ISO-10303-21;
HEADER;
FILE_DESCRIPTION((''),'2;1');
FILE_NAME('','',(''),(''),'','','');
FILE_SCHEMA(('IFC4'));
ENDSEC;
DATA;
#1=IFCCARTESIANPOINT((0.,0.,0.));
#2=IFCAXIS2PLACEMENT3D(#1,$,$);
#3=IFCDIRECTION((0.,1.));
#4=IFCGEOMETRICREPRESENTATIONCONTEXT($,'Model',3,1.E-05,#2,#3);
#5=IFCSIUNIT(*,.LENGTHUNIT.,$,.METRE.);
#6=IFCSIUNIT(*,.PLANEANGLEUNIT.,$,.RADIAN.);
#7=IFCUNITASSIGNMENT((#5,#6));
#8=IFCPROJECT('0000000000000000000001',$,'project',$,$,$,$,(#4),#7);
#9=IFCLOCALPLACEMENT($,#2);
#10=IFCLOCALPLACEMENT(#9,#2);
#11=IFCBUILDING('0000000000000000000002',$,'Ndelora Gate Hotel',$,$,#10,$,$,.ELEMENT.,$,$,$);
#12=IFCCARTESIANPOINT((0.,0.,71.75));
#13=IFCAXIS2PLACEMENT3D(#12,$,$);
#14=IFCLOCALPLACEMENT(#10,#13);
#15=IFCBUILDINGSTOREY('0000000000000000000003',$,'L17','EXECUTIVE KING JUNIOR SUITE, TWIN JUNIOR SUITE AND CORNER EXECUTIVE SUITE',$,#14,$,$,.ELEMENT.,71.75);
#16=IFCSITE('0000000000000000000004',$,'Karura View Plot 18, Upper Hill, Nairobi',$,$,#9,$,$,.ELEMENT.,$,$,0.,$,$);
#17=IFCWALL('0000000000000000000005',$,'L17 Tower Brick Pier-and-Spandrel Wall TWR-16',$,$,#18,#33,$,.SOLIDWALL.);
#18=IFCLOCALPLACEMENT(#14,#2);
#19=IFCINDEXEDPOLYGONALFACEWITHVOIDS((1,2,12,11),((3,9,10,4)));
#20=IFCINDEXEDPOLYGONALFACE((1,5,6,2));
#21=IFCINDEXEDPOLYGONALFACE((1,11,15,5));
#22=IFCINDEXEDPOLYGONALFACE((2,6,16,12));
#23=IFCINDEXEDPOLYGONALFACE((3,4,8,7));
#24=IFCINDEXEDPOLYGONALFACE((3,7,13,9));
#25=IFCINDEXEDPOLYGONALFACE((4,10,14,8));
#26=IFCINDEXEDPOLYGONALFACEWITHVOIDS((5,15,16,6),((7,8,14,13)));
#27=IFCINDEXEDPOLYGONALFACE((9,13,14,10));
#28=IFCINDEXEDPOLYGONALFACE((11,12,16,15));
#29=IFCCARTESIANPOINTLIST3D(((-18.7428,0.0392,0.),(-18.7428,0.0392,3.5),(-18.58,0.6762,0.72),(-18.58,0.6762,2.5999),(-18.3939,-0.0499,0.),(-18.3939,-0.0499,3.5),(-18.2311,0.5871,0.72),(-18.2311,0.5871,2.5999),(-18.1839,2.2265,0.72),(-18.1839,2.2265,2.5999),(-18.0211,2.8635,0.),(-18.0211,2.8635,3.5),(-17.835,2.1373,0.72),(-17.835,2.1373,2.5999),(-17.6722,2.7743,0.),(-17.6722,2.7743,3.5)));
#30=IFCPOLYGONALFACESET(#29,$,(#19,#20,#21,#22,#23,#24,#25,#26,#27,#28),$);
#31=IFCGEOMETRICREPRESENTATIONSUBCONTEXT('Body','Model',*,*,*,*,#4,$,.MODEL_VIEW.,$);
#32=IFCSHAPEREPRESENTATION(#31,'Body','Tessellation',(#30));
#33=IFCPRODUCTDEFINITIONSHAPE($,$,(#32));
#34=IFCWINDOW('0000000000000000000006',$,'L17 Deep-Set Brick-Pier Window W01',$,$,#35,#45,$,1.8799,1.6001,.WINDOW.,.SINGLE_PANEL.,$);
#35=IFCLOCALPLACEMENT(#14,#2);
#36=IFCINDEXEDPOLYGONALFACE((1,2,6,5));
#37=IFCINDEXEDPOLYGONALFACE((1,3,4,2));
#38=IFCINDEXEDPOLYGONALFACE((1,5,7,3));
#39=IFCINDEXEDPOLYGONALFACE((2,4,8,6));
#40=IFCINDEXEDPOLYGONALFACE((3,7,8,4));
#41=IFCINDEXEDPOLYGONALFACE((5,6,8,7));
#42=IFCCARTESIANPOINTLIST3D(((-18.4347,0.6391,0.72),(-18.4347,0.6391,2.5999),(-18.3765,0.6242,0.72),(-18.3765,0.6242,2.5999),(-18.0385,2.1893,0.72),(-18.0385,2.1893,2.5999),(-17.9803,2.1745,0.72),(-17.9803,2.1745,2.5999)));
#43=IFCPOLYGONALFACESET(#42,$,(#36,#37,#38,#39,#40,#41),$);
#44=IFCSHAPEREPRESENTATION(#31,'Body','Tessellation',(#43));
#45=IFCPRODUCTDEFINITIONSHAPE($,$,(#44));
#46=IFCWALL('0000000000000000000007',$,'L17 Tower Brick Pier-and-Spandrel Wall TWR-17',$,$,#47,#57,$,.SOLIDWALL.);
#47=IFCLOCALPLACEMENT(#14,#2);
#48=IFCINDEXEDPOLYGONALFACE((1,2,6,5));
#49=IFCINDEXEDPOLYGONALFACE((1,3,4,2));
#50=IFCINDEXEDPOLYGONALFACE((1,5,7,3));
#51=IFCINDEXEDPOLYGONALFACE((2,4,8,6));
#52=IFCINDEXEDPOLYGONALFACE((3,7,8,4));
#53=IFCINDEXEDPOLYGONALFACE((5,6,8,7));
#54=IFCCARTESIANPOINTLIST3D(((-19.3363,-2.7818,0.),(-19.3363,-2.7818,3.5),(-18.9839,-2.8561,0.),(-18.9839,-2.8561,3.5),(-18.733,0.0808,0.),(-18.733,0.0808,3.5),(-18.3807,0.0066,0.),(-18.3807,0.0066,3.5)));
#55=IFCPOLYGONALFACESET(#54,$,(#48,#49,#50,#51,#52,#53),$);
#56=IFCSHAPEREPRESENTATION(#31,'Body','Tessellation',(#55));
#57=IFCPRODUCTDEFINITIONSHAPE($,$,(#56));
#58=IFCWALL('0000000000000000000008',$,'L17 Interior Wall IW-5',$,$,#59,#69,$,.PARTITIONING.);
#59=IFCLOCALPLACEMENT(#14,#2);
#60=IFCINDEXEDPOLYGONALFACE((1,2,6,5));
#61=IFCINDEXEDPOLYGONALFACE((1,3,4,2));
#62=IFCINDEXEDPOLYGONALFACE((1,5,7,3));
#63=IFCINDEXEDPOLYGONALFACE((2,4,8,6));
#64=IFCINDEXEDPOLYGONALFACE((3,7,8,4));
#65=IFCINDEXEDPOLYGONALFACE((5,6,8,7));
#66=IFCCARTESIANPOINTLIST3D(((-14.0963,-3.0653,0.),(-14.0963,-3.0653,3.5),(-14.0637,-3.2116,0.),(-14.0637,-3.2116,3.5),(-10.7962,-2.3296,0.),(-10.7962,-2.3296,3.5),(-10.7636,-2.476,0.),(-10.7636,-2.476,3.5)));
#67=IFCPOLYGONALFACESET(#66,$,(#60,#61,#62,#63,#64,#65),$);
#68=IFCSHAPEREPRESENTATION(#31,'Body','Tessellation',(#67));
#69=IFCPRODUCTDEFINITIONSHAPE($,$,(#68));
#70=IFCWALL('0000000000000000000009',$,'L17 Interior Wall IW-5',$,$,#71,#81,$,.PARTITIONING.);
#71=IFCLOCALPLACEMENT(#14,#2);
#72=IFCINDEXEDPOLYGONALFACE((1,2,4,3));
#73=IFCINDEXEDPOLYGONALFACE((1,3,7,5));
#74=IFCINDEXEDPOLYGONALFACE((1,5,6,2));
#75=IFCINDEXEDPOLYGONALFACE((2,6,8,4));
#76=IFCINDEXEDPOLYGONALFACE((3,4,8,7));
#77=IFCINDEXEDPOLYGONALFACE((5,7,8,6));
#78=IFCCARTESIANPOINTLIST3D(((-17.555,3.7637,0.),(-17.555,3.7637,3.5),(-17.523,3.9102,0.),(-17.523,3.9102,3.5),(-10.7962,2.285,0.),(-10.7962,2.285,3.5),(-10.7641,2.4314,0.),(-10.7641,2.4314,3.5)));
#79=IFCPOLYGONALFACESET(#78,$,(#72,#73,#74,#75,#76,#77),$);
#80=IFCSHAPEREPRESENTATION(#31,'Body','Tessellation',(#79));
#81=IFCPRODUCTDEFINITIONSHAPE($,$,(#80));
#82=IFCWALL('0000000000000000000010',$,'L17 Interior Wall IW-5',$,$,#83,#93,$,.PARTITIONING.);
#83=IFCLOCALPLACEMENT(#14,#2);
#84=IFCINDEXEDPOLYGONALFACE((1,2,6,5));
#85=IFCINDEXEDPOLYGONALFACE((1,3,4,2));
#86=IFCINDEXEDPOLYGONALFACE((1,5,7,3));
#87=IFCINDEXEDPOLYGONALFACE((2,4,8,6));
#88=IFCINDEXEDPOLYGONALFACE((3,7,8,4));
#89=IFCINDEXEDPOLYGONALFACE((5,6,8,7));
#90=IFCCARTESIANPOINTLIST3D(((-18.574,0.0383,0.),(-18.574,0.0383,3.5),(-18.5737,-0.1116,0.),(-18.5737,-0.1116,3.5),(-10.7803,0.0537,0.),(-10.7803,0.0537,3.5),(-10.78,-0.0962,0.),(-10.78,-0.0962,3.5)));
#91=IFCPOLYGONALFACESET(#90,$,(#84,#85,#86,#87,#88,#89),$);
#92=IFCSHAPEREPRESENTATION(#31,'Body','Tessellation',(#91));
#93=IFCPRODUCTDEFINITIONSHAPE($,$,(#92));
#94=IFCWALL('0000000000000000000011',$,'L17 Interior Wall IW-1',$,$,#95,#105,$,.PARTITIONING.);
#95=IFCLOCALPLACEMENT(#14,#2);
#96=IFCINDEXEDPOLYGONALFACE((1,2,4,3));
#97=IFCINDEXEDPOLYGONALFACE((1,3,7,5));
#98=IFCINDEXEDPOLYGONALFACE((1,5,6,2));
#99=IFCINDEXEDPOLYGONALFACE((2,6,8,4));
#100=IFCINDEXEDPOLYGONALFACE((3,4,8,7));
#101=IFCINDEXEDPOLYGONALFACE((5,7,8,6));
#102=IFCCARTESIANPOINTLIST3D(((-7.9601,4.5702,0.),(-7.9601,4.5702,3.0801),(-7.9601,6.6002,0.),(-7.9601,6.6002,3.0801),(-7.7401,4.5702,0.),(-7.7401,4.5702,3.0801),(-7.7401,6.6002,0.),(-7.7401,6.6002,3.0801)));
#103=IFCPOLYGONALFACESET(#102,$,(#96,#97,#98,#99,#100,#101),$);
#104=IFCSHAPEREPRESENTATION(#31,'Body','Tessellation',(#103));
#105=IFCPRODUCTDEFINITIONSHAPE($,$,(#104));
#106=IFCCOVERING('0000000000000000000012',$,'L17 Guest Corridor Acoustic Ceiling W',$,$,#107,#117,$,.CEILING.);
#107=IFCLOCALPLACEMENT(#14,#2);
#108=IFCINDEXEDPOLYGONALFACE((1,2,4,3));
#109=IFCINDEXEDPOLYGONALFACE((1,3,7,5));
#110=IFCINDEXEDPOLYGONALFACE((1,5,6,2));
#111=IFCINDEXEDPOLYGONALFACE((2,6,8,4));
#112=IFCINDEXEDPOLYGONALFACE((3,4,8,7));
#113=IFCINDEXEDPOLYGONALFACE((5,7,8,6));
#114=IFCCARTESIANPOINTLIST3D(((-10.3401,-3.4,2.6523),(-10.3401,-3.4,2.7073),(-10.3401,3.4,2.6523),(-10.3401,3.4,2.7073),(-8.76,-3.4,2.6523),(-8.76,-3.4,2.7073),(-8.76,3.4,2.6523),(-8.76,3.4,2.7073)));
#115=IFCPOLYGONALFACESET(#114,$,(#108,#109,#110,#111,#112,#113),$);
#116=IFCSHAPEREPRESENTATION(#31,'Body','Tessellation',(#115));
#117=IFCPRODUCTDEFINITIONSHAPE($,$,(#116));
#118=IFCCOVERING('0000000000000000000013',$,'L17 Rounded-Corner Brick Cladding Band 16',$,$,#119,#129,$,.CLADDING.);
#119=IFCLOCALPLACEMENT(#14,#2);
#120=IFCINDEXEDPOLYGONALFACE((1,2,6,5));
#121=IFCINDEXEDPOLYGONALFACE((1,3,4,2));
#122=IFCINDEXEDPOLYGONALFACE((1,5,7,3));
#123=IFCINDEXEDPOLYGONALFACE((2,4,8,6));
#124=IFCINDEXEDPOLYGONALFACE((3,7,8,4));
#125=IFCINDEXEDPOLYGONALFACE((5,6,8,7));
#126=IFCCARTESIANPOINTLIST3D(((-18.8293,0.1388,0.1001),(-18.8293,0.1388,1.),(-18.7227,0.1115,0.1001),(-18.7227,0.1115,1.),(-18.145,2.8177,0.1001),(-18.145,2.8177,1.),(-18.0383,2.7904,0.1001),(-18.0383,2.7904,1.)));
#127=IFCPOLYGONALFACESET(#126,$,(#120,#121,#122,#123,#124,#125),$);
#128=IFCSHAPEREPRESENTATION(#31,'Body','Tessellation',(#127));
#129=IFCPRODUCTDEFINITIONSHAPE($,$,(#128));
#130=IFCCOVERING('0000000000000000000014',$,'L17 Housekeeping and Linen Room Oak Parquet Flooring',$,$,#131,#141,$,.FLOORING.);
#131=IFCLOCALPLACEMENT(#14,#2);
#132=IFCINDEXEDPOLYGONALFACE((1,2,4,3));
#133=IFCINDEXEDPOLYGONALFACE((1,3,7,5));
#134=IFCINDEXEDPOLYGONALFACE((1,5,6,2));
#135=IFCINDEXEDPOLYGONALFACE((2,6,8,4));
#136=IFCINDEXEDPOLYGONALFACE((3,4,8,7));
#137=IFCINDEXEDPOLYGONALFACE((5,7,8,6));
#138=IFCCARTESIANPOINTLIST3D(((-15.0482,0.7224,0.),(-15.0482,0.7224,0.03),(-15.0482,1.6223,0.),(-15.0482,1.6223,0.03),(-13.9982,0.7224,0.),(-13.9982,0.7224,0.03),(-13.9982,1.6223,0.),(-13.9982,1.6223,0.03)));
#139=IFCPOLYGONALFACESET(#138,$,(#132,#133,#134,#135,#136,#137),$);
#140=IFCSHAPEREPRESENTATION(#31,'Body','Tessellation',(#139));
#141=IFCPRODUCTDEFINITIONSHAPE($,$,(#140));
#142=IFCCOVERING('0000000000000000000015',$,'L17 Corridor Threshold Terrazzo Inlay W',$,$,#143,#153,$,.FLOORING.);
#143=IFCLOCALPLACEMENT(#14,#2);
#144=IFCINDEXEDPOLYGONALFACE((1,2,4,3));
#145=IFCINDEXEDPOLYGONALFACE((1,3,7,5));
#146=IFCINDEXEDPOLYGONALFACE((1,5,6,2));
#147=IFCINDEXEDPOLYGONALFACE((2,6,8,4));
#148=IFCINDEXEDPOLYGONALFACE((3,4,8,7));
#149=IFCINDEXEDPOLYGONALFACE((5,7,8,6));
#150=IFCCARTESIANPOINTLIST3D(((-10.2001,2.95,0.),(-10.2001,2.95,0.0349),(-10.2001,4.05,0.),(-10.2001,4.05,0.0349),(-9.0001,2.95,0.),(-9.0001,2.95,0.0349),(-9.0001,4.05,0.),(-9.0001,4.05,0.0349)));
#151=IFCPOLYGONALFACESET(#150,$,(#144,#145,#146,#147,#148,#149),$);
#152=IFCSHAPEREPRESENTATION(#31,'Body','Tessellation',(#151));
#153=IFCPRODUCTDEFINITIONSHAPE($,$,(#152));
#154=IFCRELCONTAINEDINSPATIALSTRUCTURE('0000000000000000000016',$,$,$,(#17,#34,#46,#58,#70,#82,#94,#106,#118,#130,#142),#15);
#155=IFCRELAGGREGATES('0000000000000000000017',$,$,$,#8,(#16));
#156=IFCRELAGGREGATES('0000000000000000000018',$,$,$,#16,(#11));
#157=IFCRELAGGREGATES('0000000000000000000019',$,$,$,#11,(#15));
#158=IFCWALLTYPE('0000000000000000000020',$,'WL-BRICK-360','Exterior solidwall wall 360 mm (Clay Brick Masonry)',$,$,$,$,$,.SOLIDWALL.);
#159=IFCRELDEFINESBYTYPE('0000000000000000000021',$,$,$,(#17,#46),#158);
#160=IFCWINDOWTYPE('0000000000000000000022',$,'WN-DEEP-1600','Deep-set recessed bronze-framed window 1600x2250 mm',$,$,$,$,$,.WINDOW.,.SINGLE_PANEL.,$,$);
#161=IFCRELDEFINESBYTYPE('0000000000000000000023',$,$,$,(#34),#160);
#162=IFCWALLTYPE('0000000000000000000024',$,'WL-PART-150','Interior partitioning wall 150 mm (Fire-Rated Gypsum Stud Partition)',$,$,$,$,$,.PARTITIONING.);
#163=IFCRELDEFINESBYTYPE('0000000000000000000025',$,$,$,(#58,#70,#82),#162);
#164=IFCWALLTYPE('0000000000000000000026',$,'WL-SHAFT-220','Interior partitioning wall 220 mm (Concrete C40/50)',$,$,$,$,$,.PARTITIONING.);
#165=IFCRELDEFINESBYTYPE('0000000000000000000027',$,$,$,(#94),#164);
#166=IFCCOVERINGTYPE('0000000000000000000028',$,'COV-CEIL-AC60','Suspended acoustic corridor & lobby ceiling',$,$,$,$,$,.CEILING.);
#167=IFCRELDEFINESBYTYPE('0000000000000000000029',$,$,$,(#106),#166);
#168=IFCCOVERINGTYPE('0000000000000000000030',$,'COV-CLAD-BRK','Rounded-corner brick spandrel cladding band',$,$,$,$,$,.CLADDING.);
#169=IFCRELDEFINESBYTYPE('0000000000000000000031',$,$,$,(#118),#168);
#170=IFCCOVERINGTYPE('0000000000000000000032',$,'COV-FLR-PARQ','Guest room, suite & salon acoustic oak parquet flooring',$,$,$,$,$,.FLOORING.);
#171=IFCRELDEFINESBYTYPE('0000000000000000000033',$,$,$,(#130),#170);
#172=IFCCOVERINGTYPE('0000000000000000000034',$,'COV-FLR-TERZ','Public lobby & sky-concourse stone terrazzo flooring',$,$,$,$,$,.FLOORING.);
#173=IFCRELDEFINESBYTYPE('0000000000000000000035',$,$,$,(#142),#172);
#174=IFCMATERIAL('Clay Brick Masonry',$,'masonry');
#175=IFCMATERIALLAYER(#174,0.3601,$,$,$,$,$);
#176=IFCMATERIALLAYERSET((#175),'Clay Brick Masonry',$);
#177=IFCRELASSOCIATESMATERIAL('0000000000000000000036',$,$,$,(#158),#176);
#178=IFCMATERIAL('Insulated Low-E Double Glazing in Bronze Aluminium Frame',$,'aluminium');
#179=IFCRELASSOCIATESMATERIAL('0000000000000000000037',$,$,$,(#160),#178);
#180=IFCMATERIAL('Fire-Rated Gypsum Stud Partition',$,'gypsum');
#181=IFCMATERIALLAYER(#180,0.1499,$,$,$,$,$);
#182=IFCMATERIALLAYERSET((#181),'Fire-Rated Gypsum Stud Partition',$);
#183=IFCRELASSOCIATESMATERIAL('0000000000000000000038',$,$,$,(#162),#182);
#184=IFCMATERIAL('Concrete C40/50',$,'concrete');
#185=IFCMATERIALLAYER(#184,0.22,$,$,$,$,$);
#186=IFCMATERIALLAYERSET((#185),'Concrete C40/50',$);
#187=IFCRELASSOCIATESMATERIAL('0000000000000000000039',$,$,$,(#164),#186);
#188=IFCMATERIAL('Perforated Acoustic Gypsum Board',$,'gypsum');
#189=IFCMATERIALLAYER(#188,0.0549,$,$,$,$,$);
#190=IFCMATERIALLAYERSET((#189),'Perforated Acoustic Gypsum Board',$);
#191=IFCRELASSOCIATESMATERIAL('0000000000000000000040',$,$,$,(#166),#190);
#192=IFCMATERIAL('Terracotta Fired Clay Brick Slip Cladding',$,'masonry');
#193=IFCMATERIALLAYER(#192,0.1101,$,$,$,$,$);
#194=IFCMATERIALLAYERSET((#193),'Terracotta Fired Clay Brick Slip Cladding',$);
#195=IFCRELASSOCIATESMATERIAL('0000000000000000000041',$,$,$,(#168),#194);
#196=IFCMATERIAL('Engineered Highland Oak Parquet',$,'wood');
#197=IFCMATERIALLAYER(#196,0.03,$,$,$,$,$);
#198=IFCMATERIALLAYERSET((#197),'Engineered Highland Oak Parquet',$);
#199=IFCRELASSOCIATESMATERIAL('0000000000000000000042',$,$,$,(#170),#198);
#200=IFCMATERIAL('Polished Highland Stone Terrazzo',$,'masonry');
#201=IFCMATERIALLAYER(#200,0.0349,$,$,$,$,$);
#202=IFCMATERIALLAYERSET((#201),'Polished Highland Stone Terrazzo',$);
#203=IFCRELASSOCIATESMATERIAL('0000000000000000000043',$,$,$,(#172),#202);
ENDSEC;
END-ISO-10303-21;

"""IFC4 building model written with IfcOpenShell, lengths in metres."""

from ifc_helpers import new_model, si_unit, direction, frame, frame_2d, origin, origin_2d, place, context, subcontext, project, spatial, rectangle, extrude, material, layer, layer_set, type_object, element, fill, save


model = new_model("IFC4")

# Units and contexts
model_context = context("Model", 3, precision=1e-05, world=origin(), true_north=direction((0.0, 1.0)))
body_context = subcontext(model_context, "Body", "Model", "MODEL_VIEW")
ifc_project = project(units=[si_unit("LENGTHUNIT", "METRE"), si_unit("PLANEANGLEUNIT", "RADIAN")], contexts=[model_context])

# Site, building, storey
site_placement = place(None, origin())
site = spatial("IfcSite", under=ifc_project, at=site_placement, Name="Karura View Plot 18, Upper Hill, Nairobi", CompositionType="ELEMENT", RefElevation=0.0)
building_placement = place(site_placement, origin())
building = spatial("IfcBuilding", under=site, at=building_placement, Name="Ndelora Gate Hotel", CompositionType="ELEMENT")
storey_placement = place(building_placement, frame((0.0, 0.0, 71.75)))
storey = spatial("IfcBuildingStorey", under=building, at=storey_placement, Name="L17", Description="EXECUTIVE KING JUNIOR SUITE, TWIN JUNIOR SUITE AND CORNER EXECUTIVE SUITE", CompositionType="ELEMENT", Elevation=71.75)

# Shared definitions
ifc_material_1 = material(Name="Clay Brick Masonry", Category="masonry")
ifc_layer_1 = layer(ifc_material_1, 0.3601)
ifc_layer_set_1 = layer_set([ifc_layer_1], Name="Clay Brick Masonry")
wall_type_1 = type_object("IfcWallType", Name="WL-BRICK-360", Description="Exterior solidwall wall 360 mm (Clay Brick Masonry)", PredefinedType="SOLIDWALL", material=ifc_layer_set_1)

# Wall, opening, window
wall_1_placement = place(storey_placement, frame((-18.5684, -0.0054, 0.0), z_axis=(0.0, 0.0, 1.0), x_axis=(0.247577, 0.968868, 0.0)))
wall_1 = element("IfcWall", 1, at=wall_1_placement, inside=storey, type_object=wall_type_1, Name="L17 Tower Brick Pier-and-Spandrel Wall TWR-16", PredefinedType="SOLIDWALL", context=body_context, shape_type="SweptSolid", body=[
    extrude(rectangle(XDim=2.915, YDim=0.3601, at=frame_2d((1.4575, 0.0))), origin(), (0.0, 0.0, 1.0), 3.5),
])
opening_1_placement = place(wall_1_placement, frame((0.6575, 0.0, 0.72)))
opening_1 = element("IfcOpeningElement", 2, at=opening_1_placement, cuts=wall_1, PredefinedType="OPENING", context=body_context, shape_type="SweptSolid", body=[
    extrude(rectangle(XDim=1.6001, YDim=1.8799, at=frame_2d((0.8, 0.9399))), frame((0.0, 0.1899, 0.0), z_axis=(0.0, -1.0, 0.0), x_axis=(1.0, 0.0, 0.0)), (0.0, 0.0, 1.0), 0.3801),
])
ifc_material_2 = material(Name="Insulated Low-E Double Glazing in Bronze Aluminium Frame", Category="aluminium")
window_type = type_object("IfcWindowType", Name="WN-DEEP-1600", Description="Deep-set recessed bronze-framed window 1600x2250 mm", PartitioningType="SINGLE_PANEL", PredefinedType="WINDOW", material=ifc_material_2)
window_placement = place(opening_1_placement, origin())
window = element("IfcWindow", 3, at=window_placement, inside=storey, type_object=window_type, Name="L17 Deep-Set Brick-Pier Window W01", OverallHeight=1.8799, OverallWidth=1.6001, PartitioningType="SINGLE_PANEL", PredefinedType="WINDOW", context=body_context, shape_type="SweptSolid", body=[
    extrude(rectangle(XDim=1.6001, YDim=1.8799, at=frame_2d((0.8, 0.9399))), frame((0.0, 0.03, 0.0), z_axis=(0.0, -1.0, 0.0), x_axis=(1.0, 0.0, 0.0)), (0.0, 0.0, 1.0), 0.0601),
])
fill(opening_1, window)

# Wall
wall_2_placement = place(storey_placement, frame((-19.1602, -2.8191, 0.0), z_axis=(0.0, 0.0, 1.0), x_axis=(0.206217, 0.978506, 0.0)))
element("IfcWall", 4, at=wall_2_placement, inside=storey, type_object=wall_type_1, Name="L17 Tower Brick Pier-and-Spandrel Wall TWR-17", PredefinedType="SOLIDWALL", context=body_context, shape_type="SweptSolid", body=[
    extrude(rectangle(XDim=2.9255, YDim=0.3601, at=frame_2d((1.4629, 0.0))), origin(), (0.0, 0.0, 1.0), 3.5),
])

# Shared definitions
ifc_material_3 = material(Name="Concrete C40/50", Category="concrete")

# Walls
ifc_material_4 = material(Name="Fire-Rated Gypsum Stud Partition", Category="gypsum")
ifc_layer_2 = layer(ifc_material_4, 0.1499)
ifc_layer_set_2 = layer_set([ifc_layer_2], Name="Fire-Rated Gypsum Stud Partition")
wall_type_2 = type_object("IfcWallType", Name="WL-PART-150", Description="Interior partitioning wall 150 mm (Fire-Rated Gypsum Stud Partition)", PredefinedType="PARTITIONING", material=ifc_layer_set_2)
wall_3_placement = place(storey_placement, frame((-10.78, -2.4028, 0.0), z_axis=(0.0, 0.0, 1.0), x_axis=(-0.976046, -0.217565, 0.0)))
element("IfcWall", 5, at=wall_3_placement, inside=storey, type_object=wall_type_2, Name="L17 Interior Wall IW-5", PredefinedType="PARTITIONING", context=body_context, shape_type="SweptSolid", body=[
    extrude(rectangle(XDim=3.3811, YDim=0.1499, at=frame_2d((1.6904, 0.0))), origin(), (0.0, 0.0, 1.0), 3.5),
])
wall_4_placement = place(storey_placement, frame((-10.78, 2.3582, 0.0), z_axis=(0.0, 0.0, 1.0), x_axis=(-0.976892, 0.213735, 0.0)))
element("IfcWall", 6, at=wall_4_placement, inside=storey, type_object=wall_type_2, Name="L17 Interior Wall IW-5", PredefinedType="PARTITIONING", context=body_context, shape_type="SweptSolid", body=[
    extrude(rectangle(XDim=6.9187, YDim=0.1499, at=frame_2d((3.4595, 0.0))), origin(), (0.0, 0.0, 1.0), 3.5),
])
wall_5_placement = place(storey_placement, frame((-10.78, -0.0212, 0.0), z_axis=(0.0, 0.0, 1.0), x_axis=(-0.999998, -0.001973, 0.0)))
element("IfcWall", 7, at=wall_5_placement, inside=storey, type_object=wall_type_2, Name="L17 Interior Wall IW-5", PredefinedType="PARTITIONING", context=body_context, shape_type="SweptSolid", body=[
    extrude(rectangle(XDim=7.7937, YDim=0.1499, at=frame_2d((3.897, 0.0))), origin(), (0.0, 0.0, 1.0), 3.5),
])

# Shared definitions
ifc_layer_3 = layer(ifc_material_3, 0.22)
ifc_layer_set_3 = layer_set([ifc_layer_3], Name="Concrete C40/50")
wall_type_3 = type_object("IfcWallType", Name="WL-SHAFT-220", Description="Interior partitioning wall 220 mm (Concrete C40/50)", PredefinedType="PARTITIONING", material=ifc_layer_set_3)

# Wall
wall_6_placement = place(storey_placement, frame((-7.8501, 4.5701, 0.0), z_axis=(0.0, 0.0, 1.0), x_axis=(0.0, 1.0, 0.0)))
element("IfcWall", 8, at=wall_6_placement, inside=storey, type_object=wall_type_3, Name="L17 Interior Wall IW-1", PredefinedType="PARTITIONING", context=body_context, shape_type="SweptSolid", body=[
    extrude(rectangle(XDim=2.03, YDim=0.22, at=frame_2d((1.0151, 0.0))), origin(), (0.0, 0.0, 1.0), 3.0801),
])

# Coverings
ifc_material_5 = material(Name="Perforated Acoustic Gypsum Board", Category="gypsum")
ifc_layer_4 = layer(ifc_material_5, 0.0549)
ifc_layer_set_4 = layer_set([ifc_layer_4], Name="Perforated Acoustic Gypsum Board")
covering_type_1 = type_object("IfcCoveringType", Name="COV-CEIL-AC60", Description="Suspended acoustic corridor & lobby ceiling", PredefinedType="CEILING", material=ifc_layer_set_4)
covering_1_placement = place(storey_placement, frame((-9.55, 0.0, 2.6523), z_axis=(0.0, 0.0, 1.0), x_axis=(1.0, 0.0, 0.0)))
element("IfcCovering", 9, at=covering_1_placement, inside=storey, type_object=covering_type_1, Name="L17 Guest Corridor Acoustic Ceiling W", PredefinedType="CEILING", context=body_context, shape_type="SweptSolid", body=[
    extrude(rectangle(XDim=1.5801, YDim=6.8, at=origin_2d()), origin(), (0.0, 0.0, 1.0), 0.0549),
])
ifc_material_6 = material(Name="Terracotta Fired Clay Brick Slip Cladding", Category="masonry")
ifc_layer_5 = layer(ifc_material_6, 0.1101)
ifc_layer_set_5 = layer_set([ifc_layer_5], Name="Terracotta Fired Clay Brick Slip Cladding")
covering_type_2 = type_object("IfcCoveringType", Name="COV-CLAD-BRK", Description="Rounded-corner brick spandrel cladding band", PredefinedType="CLADDING", material=ifc_layer_set_5)
covering_2_placement = place(storey_placement, frame((-18.4338, 1.4646, 0.1001), z_axis=(0.0, 0.0, 1.0), x_axis=(0.247506, 0.968886, 0.0)))
element("IfcCovering", 10, at=covering_2_placement, inside=storey, type_object=covering_type_2, Name="L17 Rounded-Corner Brick Cladding Band 16", PredefinedType="CLADDING", context=body_context, shape_type="SweptSolid", body=[
    extrude(rectangle(XDim=2.7649, YDim=0.1101, at=origin_2d()), origin(), (0.0, 0.0, 1.0), 0.8999),
])
ifc_material_7 = material(Name="Engineered Highland Oak Parquet", Category="wood")
ifc_layer_6 = layer(ifc_material_7, 0.03)
ifc_layer_set_6 = layer_set([ifc_layer_6], Name="Engineered Highland Oak Parquet")
covering_type_3 = type_object("IfcCoveringType", Name="COV-FLR-PARQ", Description="Guest room, suite & salon acoustic oak parquet flooring", PredefinedType="FLOORING", material=ifc_layer_set_6)
covering_3_placement = place(storey_placement, frame((-14.5232, 1.1724, 0.0), z_axis=(0.0, 0.0, 1.0), x_axis=(1.0, 0.0, 0.0)))
element("IfcCovering", 11, at=covering_3_placement, inside=storey, type_object=covering_type_3, Name="L17 Housekeeping and Linen Room Oak Parquet Flooring", PredefinedType="FLOORING", context=body_context, shape_type="SweptSolid", body=[
    extrude(rectangle(XDim=1.05, YDim=0.8999, at=origin_2d()), origin(), (0.0, 0.0, 1.0), 0.03),
])
ifc_material_8 = material(Name="Polished Highland Stone Terrazzo", Category="masonry")
ifc_layer_7 = layer(ifc_material_8, 0.0349)
ifc_layer_set_7 = layer_set([ifc_layer_7], Name="Polished Highland Stone Terrazzo")
covering_type_4 = type_object("IfcCoveringType", Name="COV-FLR-TERZ", Description="Public lobby & sky-concourse stone terrazzo flooring", PredefinedType="FLOORING", material=ifc_layer_set_7)
covering_4_placement = place(storey_placement, frame((-9.6001, 3.5, 0.0), z_axis=(0.0, 0.0, 1.0), x_axis=(1.0, 0.0, 0.0)))
element("IfcCovering", 12, at=covering_4_placement, inside=storey, type_object=covering_type_4, Name="L17 Corridor Threshold Terrazzo Inlay W", PredefinedType="FLOORING", context=body_context, shape_type="SweptSolid", body=[
    extrude(rectangle(XDim=1.2, YDim=1.1001, at=origin_2d()), origin(), (0.0, 0.0, 1.0), 0.0349),
])

save(model, "model.ifc")
